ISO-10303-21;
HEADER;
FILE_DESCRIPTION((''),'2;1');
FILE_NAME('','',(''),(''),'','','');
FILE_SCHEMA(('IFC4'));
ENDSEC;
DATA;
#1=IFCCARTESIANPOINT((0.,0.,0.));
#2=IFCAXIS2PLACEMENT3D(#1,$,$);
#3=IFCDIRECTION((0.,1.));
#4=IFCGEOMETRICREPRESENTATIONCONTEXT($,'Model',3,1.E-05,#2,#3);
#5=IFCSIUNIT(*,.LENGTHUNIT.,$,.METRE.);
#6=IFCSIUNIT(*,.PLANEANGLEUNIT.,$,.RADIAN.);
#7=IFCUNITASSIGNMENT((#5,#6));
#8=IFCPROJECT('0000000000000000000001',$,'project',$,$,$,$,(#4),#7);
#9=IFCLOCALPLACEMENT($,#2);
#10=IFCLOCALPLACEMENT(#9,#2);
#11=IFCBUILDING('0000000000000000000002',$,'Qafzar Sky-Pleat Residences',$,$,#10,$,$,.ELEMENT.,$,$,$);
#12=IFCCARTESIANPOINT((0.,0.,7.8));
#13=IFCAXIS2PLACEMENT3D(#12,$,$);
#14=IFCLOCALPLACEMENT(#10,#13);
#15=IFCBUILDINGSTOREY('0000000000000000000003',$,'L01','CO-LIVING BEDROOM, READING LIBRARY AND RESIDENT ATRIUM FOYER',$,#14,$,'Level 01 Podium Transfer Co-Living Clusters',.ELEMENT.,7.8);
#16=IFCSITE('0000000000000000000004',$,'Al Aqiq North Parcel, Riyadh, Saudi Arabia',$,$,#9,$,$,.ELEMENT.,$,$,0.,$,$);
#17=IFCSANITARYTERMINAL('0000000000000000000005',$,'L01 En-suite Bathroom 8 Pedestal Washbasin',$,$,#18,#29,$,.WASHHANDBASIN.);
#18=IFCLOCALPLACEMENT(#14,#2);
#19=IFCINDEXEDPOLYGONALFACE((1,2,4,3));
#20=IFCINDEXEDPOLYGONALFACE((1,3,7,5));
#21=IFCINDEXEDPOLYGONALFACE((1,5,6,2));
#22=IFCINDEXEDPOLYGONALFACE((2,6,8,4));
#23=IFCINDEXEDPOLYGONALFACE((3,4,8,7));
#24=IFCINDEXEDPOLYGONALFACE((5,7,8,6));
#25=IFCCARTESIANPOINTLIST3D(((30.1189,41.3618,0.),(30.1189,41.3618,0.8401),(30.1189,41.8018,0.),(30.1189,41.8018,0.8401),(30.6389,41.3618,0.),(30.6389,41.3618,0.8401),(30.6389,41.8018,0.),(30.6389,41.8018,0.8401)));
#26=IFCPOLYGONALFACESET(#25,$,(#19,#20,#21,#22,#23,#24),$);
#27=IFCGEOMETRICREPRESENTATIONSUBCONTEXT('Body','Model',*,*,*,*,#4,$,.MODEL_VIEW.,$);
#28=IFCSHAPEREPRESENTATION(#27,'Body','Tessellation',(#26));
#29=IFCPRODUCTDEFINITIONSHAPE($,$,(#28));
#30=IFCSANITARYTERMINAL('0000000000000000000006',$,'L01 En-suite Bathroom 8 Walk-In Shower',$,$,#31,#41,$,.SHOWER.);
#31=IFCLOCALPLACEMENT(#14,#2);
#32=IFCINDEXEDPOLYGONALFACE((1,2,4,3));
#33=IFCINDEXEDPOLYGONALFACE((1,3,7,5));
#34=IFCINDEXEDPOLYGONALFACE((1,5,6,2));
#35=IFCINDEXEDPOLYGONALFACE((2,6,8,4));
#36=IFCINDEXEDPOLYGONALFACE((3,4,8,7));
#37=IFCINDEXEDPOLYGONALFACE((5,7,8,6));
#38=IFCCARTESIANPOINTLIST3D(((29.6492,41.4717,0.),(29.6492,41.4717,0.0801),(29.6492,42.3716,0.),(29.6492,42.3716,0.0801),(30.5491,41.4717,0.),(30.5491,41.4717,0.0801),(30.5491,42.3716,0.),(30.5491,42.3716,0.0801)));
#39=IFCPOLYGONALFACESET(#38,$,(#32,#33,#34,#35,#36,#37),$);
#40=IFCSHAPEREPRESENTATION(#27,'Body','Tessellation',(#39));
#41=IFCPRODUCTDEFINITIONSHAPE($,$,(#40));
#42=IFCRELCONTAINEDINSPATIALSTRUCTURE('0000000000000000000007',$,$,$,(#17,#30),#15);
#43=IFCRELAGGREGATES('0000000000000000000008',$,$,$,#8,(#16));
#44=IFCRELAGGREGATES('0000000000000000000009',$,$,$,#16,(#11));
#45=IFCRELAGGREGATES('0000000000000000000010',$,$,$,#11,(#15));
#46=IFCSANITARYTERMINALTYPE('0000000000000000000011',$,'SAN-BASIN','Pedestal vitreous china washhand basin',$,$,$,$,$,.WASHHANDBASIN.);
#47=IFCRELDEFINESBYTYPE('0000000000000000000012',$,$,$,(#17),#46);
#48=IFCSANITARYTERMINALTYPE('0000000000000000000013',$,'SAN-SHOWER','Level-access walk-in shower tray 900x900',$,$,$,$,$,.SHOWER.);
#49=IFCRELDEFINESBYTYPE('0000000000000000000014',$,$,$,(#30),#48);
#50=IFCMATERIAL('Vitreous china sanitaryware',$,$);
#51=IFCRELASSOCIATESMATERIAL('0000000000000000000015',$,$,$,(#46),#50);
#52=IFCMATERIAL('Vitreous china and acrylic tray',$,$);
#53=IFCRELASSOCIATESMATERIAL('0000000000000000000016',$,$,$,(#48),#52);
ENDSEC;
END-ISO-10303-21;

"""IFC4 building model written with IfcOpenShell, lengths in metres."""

from ifc_helpers import new_model, si_unit, direction, frame, origin, origin_2d, place, context, subcontext, project, spatial, rectangle, extrude, source, transform, mapped, material, type_object, element, save


model = new_model("IFC4")

# Units and contexts
model_context = context("Model", 3, precision=1e-05, world=origin(), true_north=direction((0.0, 1.0)))
body_context = subcontext(model_context, "Body", "Model", "MODEL_VIEW")
ifc_project = project(units=[si_unit("LENGTHUNIT", "METRE"), si_unit("PLANEANGLEUNIT", "RADIAN")], contexts=[model_context])

# Site, building, storey
site_placement = place(None, origin())
site = spatial("IfcSite", under=ifc_project, at=site_placement, Name="Al Aqiq North Parcel, Riyadh, Saudi Arabia", CompositionType="ELEMENT", RefElevation=0.0)
building_placement = place(site_placement, origin())
building = spatial("IfcBuilding", under=site, at=building_placement, Name="Qafzar Sky-Pleat Residences", CompositionType="ELEMENT")
storey_placement = place(building_placement, frame((0.0, 0.0, 7.8)))
storey = spatial("IfcBuildingStorey", under=building, at=storey_placement, Name="L01", Description="CO-LIVING BEDROOM, READING LIBRARY AND RESIDENT ATRIUM FOYER", LongName="Level 01 Podium Transfer Co-Living Clusters", CompositionType="ELEMENT", Elevation=7.8)

# Sanitary terminals
ifc_material_1 = material(Name="Vitreous china sanitaryware")
sanitary_terminal_type_1 = type_object("IfcSanitaryTerminalType", Name="SAN-BASIN", Description="Pedestal vitreous china washhand basin", PredefinedType="WASHHANDBASIN", material=ifc_material_1)
shared_shape_1 = source(origin(), body_context, "Body", "SweptSolid", [
    extrude(rectangle(XDim=0.52, YDim=0.4399, at=origin_2d()), origin(), (0.0, 0.0, 1.0), 0.8401),
])
sanitary_terminal_1_placement = place(storey_placement, frame((30.3789, 41.5818, 0.0), z_axis=(0.0, 0.0, 1.0), x_axis=(1.0, 0.0, 0.0)))
element("IfcSanitaryTerminal", 1, at=sanitary_terminal_1_placement, inside=storey, type_object=sanitary_terminal_type_1, Name="L01 En-suite Bathroom 8 Pedestal Washbasin", PredefinedType="WASHHANDBASIN", context=body_context, shape_type="MappedRepresentation", body=[
    mapped(shared_shape_1, transform((0.0, 0.0, 0.0), x_axis=(1.0, 0.0, 0.0), y_axis=(0.0, 1.0, 0.0), z_axis=(0.0, 0.0, 1.0), scale=1.0)),
])
ifc_material_2 = material(Name="Vitreous china and acrylic tray")
sanitary_terminal_type_2 = type_object("IfcSanitaryTerminalType", Name="SAN-SHOWER", Description="Level-access walk-in shower tray 900x900", PredefinedType="SHOWER", material=ifc_material_2)
shared_shape_2 = source(origin(), body_context, "Body", "SweptSolid", [
    extrude(rectangle(XDim=0.8999, YDim=0.8999, at=origin_2d()), origin(), (0.0, 0.0, 1.0), 0.0801),
])
sanitary_terminal_2_placement = place(storey_placement, frame((30.0991, 41.9216, 0.0), z_axis=(0.0, 0.0, 1.0), x_axis=(1.0, 0.0, 0.0)))
element("IfcSanitaryTerminal", 2, at=sanitary_terminal_2_placement, inside=storey, type_object=sanitary_terminal_type_2, Name="L01 En-suite Bathroom 8 Walk-In Shower", PredefinedType="SHOWER", context=body_context, shape_type="MappedRepresentation", body=[
    mapped(shared_shape_2, transform((0.0, 0.0, 0.0), x_axis=(1.0, 0.0, 0.0), y_axis=(0.0, 1.0, 0.0), z_axis=(0.0, 0.0, 1.0), scale=1.0)),
])

save(model, "model.ifc")
